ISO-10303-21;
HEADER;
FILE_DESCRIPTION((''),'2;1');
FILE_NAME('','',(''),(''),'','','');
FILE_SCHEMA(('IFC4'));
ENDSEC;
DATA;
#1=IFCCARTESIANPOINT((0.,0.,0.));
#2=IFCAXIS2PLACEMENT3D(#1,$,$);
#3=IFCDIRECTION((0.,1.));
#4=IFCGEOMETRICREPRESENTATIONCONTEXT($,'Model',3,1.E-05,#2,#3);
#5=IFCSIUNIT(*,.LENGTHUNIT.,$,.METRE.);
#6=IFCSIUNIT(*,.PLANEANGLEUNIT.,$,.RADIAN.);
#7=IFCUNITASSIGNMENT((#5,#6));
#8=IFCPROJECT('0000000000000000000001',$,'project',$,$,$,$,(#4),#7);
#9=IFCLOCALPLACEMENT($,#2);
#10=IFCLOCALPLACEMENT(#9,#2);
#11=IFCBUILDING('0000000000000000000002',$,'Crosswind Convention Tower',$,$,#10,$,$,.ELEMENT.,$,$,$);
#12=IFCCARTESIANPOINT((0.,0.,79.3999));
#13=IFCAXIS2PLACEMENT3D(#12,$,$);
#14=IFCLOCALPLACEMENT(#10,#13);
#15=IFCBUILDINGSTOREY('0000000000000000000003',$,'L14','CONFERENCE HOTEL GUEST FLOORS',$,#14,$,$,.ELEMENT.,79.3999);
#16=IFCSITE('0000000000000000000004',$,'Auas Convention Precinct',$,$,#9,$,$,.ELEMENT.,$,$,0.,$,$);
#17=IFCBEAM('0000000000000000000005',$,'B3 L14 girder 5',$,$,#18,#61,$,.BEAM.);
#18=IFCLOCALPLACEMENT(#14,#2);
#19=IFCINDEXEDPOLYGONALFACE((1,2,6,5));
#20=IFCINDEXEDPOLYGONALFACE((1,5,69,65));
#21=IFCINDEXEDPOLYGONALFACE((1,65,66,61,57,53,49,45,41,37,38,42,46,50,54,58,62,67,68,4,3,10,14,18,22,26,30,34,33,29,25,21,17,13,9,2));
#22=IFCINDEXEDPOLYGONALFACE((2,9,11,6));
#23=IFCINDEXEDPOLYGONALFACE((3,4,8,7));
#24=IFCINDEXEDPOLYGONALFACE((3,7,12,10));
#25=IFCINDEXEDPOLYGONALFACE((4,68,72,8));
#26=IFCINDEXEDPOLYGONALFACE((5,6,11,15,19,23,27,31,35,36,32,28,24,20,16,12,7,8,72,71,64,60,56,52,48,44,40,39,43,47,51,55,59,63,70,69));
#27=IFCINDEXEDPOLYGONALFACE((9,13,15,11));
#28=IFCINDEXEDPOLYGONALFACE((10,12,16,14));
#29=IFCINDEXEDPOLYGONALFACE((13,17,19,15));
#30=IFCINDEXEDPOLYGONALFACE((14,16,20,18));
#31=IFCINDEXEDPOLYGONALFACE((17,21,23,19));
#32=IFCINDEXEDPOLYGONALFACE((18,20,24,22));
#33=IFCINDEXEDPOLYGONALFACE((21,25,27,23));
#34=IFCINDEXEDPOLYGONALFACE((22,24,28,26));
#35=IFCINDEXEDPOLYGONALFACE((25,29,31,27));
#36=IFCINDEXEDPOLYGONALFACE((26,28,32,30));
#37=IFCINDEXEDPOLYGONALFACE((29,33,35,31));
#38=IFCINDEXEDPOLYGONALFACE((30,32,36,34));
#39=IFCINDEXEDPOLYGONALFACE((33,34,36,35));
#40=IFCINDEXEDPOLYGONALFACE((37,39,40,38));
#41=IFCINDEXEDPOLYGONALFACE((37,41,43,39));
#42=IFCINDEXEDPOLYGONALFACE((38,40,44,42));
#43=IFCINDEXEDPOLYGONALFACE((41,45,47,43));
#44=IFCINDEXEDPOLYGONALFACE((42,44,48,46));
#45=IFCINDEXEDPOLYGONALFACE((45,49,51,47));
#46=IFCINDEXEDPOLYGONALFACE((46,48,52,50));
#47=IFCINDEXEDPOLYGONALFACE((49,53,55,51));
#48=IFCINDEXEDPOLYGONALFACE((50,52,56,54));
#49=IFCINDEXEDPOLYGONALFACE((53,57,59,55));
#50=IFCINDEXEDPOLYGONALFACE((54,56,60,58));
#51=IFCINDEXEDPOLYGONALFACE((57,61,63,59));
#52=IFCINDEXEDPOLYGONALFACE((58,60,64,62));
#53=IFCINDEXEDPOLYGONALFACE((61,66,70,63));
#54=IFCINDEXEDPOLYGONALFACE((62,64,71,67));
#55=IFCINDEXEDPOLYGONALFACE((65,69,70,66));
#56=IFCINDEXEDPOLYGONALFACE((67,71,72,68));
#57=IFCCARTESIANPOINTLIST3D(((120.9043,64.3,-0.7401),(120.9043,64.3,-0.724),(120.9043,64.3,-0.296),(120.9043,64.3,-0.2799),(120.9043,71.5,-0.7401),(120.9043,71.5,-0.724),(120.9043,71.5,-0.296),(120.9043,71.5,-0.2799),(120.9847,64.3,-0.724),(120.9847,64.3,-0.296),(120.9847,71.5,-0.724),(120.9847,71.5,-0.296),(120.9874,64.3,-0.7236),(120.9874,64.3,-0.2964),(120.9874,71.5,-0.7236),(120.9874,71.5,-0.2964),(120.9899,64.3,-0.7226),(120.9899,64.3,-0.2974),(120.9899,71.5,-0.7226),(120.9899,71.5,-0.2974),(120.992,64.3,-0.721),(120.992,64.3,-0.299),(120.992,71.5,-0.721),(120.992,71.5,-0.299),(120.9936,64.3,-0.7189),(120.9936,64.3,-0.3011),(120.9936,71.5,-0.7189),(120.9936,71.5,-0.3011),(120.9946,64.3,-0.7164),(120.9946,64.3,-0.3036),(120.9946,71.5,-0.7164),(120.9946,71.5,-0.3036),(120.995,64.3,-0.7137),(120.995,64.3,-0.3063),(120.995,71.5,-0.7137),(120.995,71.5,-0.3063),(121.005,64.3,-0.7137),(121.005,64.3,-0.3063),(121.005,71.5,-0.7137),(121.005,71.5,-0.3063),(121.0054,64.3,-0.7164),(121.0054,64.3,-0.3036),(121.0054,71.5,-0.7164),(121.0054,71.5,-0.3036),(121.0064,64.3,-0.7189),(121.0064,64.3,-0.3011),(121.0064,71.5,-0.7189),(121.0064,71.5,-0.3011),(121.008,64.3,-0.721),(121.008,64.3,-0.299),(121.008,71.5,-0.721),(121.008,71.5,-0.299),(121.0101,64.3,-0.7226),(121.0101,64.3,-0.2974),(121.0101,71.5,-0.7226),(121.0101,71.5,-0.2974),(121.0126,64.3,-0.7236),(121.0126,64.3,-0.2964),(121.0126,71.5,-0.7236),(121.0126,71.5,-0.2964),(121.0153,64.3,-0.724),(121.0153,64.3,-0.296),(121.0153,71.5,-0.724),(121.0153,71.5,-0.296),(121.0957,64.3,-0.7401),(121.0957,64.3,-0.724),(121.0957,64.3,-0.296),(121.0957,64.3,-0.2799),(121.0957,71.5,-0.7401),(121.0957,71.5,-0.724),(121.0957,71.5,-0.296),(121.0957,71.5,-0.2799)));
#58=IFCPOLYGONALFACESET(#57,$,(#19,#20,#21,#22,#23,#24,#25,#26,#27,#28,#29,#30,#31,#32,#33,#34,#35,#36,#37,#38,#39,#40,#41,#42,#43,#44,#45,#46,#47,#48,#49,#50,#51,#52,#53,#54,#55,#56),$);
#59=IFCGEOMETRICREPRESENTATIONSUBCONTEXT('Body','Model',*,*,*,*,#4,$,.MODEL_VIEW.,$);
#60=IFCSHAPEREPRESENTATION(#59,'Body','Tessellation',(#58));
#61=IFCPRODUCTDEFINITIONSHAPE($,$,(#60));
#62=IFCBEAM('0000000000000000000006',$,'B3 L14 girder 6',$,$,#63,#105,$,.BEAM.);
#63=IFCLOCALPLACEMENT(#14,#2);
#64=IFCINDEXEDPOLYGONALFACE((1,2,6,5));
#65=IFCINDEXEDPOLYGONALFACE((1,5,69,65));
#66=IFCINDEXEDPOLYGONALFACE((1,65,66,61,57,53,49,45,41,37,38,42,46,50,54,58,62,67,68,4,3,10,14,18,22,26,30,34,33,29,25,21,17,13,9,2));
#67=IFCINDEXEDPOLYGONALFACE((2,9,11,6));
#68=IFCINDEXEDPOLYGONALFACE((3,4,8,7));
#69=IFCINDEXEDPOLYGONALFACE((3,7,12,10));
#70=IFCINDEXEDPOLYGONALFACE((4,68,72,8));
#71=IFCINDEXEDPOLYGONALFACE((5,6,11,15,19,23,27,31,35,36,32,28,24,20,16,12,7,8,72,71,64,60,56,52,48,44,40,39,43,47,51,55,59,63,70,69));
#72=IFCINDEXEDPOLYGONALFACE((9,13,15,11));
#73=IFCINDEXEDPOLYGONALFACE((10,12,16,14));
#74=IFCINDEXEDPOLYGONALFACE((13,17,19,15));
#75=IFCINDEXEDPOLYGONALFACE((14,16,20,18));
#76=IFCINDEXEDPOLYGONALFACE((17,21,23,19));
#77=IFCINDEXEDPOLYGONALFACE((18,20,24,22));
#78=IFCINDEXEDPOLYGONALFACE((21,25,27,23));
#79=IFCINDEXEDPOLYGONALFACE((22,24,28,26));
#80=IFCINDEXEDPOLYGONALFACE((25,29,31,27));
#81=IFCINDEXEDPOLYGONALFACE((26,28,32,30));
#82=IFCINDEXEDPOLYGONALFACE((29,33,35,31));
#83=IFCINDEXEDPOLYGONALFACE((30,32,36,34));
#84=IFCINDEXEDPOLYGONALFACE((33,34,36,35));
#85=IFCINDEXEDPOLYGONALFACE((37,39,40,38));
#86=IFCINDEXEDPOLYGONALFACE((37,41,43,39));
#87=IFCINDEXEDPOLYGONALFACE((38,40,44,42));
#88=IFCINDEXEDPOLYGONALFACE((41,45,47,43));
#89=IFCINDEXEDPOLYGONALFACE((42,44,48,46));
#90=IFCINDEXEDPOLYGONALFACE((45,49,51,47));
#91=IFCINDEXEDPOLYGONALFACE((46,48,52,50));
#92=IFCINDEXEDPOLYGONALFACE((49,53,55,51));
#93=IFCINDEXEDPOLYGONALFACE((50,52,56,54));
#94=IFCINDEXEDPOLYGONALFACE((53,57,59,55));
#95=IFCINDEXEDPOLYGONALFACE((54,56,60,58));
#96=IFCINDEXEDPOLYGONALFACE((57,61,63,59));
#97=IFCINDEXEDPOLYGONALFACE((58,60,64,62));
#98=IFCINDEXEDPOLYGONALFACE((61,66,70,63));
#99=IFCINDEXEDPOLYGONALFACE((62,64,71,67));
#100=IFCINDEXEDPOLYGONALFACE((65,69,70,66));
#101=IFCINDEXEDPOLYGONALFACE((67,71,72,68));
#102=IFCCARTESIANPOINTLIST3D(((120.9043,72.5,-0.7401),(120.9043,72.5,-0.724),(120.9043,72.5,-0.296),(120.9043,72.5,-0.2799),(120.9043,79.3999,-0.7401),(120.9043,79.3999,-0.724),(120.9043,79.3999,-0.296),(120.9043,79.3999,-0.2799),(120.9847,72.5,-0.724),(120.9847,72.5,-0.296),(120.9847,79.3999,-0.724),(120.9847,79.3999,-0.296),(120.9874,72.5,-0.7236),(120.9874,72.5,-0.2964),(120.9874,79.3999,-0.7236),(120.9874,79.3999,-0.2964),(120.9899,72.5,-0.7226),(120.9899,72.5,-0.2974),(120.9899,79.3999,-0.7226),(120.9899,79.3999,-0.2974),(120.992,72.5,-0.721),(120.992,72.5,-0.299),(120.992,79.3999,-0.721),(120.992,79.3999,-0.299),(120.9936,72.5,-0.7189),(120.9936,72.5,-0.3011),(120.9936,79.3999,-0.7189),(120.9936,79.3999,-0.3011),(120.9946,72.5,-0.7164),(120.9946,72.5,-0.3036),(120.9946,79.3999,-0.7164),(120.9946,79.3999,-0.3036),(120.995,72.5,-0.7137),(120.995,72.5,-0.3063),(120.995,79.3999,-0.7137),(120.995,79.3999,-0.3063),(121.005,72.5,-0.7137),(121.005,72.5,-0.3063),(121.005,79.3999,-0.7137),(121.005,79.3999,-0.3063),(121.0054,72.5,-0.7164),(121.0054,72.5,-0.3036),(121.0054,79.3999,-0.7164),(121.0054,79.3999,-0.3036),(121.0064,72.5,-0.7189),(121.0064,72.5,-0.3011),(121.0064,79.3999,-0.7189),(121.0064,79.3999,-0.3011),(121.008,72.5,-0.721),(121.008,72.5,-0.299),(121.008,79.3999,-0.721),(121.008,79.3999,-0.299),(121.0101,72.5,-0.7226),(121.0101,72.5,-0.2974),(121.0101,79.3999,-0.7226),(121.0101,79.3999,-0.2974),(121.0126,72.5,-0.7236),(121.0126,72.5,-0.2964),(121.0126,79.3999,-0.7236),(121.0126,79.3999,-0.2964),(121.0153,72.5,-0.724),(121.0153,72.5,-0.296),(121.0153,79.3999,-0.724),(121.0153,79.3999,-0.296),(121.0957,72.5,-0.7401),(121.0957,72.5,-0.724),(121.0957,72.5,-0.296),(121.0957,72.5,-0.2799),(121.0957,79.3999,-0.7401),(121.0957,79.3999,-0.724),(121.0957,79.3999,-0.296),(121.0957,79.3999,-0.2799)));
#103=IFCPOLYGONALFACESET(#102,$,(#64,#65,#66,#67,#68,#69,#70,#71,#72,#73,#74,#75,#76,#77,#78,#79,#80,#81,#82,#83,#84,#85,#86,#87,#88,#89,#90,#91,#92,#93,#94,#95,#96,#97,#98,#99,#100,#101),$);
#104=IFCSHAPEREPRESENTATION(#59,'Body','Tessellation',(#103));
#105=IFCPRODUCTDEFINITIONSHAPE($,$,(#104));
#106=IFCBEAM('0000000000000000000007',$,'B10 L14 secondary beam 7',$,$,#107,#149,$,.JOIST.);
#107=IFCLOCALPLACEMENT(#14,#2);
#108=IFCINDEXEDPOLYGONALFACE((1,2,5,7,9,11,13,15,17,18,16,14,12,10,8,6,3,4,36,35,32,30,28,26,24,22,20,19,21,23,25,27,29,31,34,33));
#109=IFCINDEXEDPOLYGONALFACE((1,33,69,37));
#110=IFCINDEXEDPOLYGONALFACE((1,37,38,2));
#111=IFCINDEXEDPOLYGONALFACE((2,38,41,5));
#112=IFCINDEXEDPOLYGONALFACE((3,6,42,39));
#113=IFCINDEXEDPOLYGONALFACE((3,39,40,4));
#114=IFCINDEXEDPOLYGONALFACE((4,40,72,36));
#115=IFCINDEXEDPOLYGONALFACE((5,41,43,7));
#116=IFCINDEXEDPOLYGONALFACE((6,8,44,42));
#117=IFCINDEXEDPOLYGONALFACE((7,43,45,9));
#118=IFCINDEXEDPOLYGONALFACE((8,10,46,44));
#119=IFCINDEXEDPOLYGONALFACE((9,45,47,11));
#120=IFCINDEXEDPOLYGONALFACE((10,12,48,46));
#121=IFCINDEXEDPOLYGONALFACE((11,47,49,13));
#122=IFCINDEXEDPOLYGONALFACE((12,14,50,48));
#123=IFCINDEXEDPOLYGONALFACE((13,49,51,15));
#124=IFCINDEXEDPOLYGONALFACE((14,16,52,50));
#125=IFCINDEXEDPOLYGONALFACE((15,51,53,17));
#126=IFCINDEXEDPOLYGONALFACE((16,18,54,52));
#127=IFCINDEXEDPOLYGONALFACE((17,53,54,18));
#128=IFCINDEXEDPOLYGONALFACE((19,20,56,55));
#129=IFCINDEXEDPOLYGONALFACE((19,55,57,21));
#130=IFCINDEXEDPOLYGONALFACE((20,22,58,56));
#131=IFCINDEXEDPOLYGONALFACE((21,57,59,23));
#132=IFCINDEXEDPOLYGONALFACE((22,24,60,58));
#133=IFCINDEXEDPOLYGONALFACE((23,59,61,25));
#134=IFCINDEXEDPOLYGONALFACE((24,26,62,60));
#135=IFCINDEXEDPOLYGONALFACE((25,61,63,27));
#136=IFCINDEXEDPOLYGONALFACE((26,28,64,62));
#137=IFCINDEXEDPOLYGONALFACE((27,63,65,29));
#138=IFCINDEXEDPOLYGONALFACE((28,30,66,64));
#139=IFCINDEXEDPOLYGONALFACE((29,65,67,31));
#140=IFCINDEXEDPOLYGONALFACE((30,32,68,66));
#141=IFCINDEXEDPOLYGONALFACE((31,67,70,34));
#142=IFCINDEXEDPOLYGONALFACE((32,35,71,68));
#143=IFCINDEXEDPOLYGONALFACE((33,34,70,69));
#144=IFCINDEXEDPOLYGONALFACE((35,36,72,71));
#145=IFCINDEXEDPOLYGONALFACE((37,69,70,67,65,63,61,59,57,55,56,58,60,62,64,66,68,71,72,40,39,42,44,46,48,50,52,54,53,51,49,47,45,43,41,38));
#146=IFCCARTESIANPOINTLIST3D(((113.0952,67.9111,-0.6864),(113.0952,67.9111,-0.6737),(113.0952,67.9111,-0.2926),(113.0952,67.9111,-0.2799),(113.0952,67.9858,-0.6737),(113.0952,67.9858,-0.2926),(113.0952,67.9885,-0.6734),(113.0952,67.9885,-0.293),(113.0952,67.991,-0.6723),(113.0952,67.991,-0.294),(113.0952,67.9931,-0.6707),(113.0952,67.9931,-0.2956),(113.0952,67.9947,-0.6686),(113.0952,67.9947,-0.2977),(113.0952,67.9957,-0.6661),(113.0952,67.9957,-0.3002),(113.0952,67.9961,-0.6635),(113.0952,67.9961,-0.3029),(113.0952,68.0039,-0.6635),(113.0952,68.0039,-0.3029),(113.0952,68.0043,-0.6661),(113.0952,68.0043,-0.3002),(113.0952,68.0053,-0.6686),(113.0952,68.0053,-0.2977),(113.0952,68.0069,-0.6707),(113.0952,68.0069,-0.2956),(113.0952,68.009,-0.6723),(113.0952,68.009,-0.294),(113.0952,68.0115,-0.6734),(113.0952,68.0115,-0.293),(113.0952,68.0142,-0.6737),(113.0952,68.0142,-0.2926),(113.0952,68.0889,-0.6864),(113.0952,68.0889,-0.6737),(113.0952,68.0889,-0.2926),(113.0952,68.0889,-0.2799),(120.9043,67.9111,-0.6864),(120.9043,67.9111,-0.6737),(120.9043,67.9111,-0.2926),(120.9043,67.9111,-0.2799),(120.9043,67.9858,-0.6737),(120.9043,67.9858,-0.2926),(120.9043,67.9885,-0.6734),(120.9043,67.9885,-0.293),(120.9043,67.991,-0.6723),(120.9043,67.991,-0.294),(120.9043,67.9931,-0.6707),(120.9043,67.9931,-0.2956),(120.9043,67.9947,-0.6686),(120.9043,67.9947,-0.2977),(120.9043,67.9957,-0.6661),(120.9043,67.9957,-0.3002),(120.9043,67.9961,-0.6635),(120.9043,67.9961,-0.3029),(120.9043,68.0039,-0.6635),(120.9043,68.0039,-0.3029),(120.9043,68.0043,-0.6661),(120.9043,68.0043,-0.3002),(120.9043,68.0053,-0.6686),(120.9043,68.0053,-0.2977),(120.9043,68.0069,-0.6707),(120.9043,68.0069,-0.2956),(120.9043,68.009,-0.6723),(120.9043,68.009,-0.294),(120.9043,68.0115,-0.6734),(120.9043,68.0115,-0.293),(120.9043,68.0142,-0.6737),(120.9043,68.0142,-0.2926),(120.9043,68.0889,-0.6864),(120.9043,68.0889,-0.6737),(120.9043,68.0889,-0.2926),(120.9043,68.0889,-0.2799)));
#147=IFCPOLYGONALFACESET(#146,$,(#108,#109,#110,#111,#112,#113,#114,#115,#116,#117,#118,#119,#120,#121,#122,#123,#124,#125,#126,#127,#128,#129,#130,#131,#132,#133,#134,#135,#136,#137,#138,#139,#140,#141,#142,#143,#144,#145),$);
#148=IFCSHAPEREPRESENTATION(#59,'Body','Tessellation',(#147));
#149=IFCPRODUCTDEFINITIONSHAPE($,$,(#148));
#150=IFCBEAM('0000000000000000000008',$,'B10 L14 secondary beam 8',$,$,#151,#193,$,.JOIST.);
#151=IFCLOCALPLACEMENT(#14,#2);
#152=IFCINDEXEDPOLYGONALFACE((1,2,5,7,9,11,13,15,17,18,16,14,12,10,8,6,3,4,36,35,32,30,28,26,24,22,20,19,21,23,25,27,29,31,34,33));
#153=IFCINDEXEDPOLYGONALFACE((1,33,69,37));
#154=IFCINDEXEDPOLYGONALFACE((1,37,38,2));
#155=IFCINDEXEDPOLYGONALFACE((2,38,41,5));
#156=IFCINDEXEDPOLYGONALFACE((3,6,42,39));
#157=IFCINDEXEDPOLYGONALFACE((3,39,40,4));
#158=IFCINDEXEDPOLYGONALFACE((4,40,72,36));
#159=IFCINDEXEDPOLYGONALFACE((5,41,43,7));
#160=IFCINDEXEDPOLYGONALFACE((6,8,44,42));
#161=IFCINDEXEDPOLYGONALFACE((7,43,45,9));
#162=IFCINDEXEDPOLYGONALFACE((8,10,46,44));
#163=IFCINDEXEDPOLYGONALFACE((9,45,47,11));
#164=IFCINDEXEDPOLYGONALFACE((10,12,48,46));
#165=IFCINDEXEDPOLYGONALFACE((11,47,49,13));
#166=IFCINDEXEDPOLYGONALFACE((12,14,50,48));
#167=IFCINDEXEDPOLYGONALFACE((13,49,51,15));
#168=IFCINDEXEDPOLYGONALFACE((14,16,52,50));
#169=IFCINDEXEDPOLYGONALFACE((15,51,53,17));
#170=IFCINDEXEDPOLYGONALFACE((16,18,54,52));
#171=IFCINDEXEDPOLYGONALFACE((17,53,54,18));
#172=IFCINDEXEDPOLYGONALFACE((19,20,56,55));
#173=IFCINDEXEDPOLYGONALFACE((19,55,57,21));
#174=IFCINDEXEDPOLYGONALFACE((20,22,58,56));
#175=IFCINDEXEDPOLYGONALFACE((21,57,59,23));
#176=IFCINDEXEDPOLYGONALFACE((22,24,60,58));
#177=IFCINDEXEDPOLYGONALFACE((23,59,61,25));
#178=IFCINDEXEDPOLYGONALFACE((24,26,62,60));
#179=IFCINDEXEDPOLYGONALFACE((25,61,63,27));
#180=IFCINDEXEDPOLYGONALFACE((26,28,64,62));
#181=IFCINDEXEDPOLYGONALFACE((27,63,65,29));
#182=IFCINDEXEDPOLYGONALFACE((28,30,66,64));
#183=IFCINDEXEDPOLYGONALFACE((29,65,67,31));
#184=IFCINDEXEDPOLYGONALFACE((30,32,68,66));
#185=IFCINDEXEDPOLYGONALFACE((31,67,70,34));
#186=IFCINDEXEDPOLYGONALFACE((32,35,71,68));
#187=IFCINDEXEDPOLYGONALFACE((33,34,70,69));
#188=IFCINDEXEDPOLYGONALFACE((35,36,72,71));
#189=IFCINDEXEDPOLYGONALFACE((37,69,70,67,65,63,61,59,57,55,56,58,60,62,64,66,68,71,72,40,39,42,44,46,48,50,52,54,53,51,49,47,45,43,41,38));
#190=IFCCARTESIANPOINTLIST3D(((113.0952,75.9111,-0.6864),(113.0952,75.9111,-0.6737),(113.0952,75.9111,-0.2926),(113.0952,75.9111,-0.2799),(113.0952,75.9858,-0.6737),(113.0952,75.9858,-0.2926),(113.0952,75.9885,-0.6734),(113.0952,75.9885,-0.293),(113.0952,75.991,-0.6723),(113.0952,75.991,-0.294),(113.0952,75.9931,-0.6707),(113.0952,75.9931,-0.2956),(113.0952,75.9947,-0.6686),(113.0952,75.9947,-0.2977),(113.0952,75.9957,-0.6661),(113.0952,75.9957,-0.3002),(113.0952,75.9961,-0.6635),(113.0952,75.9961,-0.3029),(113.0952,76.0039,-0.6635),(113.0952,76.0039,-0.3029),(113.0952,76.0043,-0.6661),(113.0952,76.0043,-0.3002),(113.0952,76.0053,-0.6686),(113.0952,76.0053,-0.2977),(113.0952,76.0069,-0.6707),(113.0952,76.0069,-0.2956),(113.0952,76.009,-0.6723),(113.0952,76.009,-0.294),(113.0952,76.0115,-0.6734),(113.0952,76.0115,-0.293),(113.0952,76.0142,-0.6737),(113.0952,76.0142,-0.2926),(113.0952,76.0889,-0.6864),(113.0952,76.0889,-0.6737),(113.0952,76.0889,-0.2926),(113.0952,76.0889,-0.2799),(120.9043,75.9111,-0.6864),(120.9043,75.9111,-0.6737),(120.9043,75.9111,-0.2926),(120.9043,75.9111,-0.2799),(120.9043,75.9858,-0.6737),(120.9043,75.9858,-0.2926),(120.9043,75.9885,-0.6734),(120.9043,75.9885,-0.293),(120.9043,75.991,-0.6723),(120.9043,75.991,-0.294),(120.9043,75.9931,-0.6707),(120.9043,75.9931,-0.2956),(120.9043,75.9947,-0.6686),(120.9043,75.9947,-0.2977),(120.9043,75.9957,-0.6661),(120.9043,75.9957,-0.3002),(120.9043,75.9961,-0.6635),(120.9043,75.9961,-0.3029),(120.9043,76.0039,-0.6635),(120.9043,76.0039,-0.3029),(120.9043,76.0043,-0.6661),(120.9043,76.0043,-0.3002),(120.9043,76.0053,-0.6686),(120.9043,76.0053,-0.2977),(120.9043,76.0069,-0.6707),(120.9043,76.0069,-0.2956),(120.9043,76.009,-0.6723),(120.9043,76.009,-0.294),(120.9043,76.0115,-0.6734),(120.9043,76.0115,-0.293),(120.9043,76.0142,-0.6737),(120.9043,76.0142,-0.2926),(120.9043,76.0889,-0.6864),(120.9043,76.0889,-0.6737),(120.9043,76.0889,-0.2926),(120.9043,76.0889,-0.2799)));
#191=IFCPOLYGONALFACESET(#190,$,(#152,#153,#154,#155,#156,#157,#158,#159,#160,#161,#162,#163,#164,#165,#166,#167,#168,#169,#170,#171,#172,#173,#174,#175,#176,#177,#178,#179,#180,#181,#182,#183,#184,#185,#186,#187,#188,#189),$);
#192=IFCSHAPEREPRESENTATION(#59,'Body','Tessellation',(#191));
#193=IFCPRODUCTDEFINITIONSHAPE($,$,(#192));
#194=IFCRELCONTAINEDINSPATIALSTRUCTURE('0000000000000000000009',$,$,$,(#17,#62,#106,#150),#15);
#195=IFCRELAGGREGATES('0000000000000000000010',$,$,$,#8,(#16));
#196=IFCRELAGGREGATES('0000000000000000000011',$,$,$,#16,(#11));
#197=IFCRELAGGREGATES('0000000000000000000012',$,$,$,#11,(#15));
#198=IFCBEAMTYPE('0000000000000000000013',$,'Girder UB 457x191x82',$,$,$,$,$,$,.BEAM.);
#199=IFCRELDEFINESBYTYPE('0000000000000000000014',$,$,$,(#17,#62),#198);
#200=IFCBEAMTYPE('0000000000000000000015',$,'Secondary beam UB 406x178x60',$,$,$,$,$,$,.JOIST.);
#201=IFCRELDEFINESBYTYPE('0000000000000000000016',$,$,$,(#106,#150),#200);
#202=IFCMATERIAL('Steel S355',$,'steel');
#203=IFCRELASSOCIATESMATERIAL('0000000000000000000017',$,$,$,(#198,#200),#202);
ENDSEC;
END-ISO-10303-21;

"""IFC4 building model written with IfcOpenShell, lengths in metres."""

from ifc_helpers import new_model, si_unit, direction, frame, origin, origin_2d, place, context, subcontext, project, spatial, i_section, extrude, material, material_profile, profile_set, type_object, element, save


model = new_model("IFC4")

# Units and contexts
model_context = context("Model", 3, precision=1e-05, world=origin(), true_north=direction((0.0, 1.0)))
body_context = subcontext(model_context, "Body", "Model", "MODEL_VIEW")
ifc_project = project(units=[si_unit("LENGTHUNIT", "METRE"), si_unit("PLANEANGLEUNIT", "RADIAN")], contexts=[model_context])

# Site, building, storey
site_placement = place(None, origin())
site = spatial("IfcSite", under=ifc_project, at=site_placement, Name="Auas Convention Precinct", CompositionType="ELEMENT", RefElevation=0.0)
building_placement = place(site_placement, origin())
building = spatial("IfcBuilding", under=site, at=building_placement, Name="Crosswind Convention Tower", CompositionType="ELEMENT")
storey_placement = place(building_placement, frame((0.0, 0.0, 79.3999)))
storey = spatial("IfcBuildingStorey", under=building, at=storey_placement, Name="L14", Description="CONFERENCE HOTEL GUEST FLOORS", CompositionType="ELEMENT", Elevation=79.3999)

# Beams
ifc_material_1 = material(Name="Steel S355", Category="steel")
ifc_material_profile_1 = material_profile(ifc_material_1, i_section(OverallWidth=0.1914, OverallDepth=0.4602, WebThickness=0.01, FlangeThickness=0.0161, FilletRadius=0.0103, at=origin_2d()), Name="UB 457x191x82")
ifc_profile_set_1 = profile_set([ifc_material_profile_1], Name="Steel S355")
beam_type_1 = type_object("IfcBeamType", Name="Girder UB 457x191x82", PredefinedType="BEAM", material=ifc_profile_set_1)
beam_1_placement = place(storey_placement, frame((121.0, 64.3, -0.51), z_axis=(0.0, 1.0, 0.0), x_axis=(-1.0, 0.0, 0.0)))
element("IfcBeam", 1, at=beam_1_placement, inside=storey, type_object=beam_type_1, Name="B3 L14 girder 5", PredefinedType="BEAM", context=body_context, shape_type="SweptSolid", body=[
    extrude(i_section(OverallWidth=0.1914, OverallDepth=0.4602, WebThickness=0.01, FlangeThickness=0.0161, FilletRadius=0.0103, at=origin_2d()), origin(), (0.0, 0.0, 1.0), 7.2),
])
beam_2_placement = place(storey_placement, frame((121.0, 72.5, -0.51), z_axis=(0.0, 1.0, 0.0), x_axis=(-1.0, 0.0, 0.0)))
element("IfcBeam", 2, at=beam_2_placement, inside=storey, type_object=beam_type_1, Name="B3 L14 girder 6", PredefinedType="BEAM", context=body_context, shape_type="SweptSolid", body=[
    extrude(i_section(OverallWidth=0.1914, OverallDepth=0.4602, WebThickness=0.01, FlangeThickness=0.0161, FilletRadius=0.0103, at=origin_2d()), origin(), (0.0, 0.0, 1.0), 6.8999),
])
ifc_material_profile_2 = material_profile(ifc_material_1, i_section(OverallWidth=0.1777, OverallDepth=0.4065, WebThickness=0.0078, FlangeThickness=0.0127, FilletRadius=0.0103, at=origin_2d()), Name="UB 406x178x60")
ifc_profile_set_2 = profile_set([ifc_material_profile_2], Name="Steel S355")
beam_type_2 = type_object("IfcBeamType", Name="Secondary beam UB 406x178x60", PredefinedType="JOIST", material=ifc_profile_set_2)
for number, where, z_axis, x_axis, name in (
    (3, (113.0952, 68.0, -0.4832), (1.0, 0.0, 0.0), (0.0, 1.0, 0.0), "B10 L14 secondary beam 7"),
    (4, (113.0952, 76.0, -0.4832), (1.0, 0.0, 0.0), (0.0, 1.0, 0.0), "B10 L14 secondary beam 8"),
):
    element("IfcBeam", number, at=place(storey_placement, frame(where, z_axis=z_axis, x_axis=x_axis)), inside=storey, type_object=beam_type_2, Name=name, PredefinedType="JOIST", context=body_context, shape_type="SweptSolid", body=[
        extrude(i_section(OverallWidth=0.1777, OverallDepth=0.4065, WebThickness=0.0078, FlangeThickness=0.0127, FilletRadius=0.0103, at=origin_2d()), origin(), (0.0, 0.0, 1.0), 7.8091),
    ])

save(model, "model.ifc")
